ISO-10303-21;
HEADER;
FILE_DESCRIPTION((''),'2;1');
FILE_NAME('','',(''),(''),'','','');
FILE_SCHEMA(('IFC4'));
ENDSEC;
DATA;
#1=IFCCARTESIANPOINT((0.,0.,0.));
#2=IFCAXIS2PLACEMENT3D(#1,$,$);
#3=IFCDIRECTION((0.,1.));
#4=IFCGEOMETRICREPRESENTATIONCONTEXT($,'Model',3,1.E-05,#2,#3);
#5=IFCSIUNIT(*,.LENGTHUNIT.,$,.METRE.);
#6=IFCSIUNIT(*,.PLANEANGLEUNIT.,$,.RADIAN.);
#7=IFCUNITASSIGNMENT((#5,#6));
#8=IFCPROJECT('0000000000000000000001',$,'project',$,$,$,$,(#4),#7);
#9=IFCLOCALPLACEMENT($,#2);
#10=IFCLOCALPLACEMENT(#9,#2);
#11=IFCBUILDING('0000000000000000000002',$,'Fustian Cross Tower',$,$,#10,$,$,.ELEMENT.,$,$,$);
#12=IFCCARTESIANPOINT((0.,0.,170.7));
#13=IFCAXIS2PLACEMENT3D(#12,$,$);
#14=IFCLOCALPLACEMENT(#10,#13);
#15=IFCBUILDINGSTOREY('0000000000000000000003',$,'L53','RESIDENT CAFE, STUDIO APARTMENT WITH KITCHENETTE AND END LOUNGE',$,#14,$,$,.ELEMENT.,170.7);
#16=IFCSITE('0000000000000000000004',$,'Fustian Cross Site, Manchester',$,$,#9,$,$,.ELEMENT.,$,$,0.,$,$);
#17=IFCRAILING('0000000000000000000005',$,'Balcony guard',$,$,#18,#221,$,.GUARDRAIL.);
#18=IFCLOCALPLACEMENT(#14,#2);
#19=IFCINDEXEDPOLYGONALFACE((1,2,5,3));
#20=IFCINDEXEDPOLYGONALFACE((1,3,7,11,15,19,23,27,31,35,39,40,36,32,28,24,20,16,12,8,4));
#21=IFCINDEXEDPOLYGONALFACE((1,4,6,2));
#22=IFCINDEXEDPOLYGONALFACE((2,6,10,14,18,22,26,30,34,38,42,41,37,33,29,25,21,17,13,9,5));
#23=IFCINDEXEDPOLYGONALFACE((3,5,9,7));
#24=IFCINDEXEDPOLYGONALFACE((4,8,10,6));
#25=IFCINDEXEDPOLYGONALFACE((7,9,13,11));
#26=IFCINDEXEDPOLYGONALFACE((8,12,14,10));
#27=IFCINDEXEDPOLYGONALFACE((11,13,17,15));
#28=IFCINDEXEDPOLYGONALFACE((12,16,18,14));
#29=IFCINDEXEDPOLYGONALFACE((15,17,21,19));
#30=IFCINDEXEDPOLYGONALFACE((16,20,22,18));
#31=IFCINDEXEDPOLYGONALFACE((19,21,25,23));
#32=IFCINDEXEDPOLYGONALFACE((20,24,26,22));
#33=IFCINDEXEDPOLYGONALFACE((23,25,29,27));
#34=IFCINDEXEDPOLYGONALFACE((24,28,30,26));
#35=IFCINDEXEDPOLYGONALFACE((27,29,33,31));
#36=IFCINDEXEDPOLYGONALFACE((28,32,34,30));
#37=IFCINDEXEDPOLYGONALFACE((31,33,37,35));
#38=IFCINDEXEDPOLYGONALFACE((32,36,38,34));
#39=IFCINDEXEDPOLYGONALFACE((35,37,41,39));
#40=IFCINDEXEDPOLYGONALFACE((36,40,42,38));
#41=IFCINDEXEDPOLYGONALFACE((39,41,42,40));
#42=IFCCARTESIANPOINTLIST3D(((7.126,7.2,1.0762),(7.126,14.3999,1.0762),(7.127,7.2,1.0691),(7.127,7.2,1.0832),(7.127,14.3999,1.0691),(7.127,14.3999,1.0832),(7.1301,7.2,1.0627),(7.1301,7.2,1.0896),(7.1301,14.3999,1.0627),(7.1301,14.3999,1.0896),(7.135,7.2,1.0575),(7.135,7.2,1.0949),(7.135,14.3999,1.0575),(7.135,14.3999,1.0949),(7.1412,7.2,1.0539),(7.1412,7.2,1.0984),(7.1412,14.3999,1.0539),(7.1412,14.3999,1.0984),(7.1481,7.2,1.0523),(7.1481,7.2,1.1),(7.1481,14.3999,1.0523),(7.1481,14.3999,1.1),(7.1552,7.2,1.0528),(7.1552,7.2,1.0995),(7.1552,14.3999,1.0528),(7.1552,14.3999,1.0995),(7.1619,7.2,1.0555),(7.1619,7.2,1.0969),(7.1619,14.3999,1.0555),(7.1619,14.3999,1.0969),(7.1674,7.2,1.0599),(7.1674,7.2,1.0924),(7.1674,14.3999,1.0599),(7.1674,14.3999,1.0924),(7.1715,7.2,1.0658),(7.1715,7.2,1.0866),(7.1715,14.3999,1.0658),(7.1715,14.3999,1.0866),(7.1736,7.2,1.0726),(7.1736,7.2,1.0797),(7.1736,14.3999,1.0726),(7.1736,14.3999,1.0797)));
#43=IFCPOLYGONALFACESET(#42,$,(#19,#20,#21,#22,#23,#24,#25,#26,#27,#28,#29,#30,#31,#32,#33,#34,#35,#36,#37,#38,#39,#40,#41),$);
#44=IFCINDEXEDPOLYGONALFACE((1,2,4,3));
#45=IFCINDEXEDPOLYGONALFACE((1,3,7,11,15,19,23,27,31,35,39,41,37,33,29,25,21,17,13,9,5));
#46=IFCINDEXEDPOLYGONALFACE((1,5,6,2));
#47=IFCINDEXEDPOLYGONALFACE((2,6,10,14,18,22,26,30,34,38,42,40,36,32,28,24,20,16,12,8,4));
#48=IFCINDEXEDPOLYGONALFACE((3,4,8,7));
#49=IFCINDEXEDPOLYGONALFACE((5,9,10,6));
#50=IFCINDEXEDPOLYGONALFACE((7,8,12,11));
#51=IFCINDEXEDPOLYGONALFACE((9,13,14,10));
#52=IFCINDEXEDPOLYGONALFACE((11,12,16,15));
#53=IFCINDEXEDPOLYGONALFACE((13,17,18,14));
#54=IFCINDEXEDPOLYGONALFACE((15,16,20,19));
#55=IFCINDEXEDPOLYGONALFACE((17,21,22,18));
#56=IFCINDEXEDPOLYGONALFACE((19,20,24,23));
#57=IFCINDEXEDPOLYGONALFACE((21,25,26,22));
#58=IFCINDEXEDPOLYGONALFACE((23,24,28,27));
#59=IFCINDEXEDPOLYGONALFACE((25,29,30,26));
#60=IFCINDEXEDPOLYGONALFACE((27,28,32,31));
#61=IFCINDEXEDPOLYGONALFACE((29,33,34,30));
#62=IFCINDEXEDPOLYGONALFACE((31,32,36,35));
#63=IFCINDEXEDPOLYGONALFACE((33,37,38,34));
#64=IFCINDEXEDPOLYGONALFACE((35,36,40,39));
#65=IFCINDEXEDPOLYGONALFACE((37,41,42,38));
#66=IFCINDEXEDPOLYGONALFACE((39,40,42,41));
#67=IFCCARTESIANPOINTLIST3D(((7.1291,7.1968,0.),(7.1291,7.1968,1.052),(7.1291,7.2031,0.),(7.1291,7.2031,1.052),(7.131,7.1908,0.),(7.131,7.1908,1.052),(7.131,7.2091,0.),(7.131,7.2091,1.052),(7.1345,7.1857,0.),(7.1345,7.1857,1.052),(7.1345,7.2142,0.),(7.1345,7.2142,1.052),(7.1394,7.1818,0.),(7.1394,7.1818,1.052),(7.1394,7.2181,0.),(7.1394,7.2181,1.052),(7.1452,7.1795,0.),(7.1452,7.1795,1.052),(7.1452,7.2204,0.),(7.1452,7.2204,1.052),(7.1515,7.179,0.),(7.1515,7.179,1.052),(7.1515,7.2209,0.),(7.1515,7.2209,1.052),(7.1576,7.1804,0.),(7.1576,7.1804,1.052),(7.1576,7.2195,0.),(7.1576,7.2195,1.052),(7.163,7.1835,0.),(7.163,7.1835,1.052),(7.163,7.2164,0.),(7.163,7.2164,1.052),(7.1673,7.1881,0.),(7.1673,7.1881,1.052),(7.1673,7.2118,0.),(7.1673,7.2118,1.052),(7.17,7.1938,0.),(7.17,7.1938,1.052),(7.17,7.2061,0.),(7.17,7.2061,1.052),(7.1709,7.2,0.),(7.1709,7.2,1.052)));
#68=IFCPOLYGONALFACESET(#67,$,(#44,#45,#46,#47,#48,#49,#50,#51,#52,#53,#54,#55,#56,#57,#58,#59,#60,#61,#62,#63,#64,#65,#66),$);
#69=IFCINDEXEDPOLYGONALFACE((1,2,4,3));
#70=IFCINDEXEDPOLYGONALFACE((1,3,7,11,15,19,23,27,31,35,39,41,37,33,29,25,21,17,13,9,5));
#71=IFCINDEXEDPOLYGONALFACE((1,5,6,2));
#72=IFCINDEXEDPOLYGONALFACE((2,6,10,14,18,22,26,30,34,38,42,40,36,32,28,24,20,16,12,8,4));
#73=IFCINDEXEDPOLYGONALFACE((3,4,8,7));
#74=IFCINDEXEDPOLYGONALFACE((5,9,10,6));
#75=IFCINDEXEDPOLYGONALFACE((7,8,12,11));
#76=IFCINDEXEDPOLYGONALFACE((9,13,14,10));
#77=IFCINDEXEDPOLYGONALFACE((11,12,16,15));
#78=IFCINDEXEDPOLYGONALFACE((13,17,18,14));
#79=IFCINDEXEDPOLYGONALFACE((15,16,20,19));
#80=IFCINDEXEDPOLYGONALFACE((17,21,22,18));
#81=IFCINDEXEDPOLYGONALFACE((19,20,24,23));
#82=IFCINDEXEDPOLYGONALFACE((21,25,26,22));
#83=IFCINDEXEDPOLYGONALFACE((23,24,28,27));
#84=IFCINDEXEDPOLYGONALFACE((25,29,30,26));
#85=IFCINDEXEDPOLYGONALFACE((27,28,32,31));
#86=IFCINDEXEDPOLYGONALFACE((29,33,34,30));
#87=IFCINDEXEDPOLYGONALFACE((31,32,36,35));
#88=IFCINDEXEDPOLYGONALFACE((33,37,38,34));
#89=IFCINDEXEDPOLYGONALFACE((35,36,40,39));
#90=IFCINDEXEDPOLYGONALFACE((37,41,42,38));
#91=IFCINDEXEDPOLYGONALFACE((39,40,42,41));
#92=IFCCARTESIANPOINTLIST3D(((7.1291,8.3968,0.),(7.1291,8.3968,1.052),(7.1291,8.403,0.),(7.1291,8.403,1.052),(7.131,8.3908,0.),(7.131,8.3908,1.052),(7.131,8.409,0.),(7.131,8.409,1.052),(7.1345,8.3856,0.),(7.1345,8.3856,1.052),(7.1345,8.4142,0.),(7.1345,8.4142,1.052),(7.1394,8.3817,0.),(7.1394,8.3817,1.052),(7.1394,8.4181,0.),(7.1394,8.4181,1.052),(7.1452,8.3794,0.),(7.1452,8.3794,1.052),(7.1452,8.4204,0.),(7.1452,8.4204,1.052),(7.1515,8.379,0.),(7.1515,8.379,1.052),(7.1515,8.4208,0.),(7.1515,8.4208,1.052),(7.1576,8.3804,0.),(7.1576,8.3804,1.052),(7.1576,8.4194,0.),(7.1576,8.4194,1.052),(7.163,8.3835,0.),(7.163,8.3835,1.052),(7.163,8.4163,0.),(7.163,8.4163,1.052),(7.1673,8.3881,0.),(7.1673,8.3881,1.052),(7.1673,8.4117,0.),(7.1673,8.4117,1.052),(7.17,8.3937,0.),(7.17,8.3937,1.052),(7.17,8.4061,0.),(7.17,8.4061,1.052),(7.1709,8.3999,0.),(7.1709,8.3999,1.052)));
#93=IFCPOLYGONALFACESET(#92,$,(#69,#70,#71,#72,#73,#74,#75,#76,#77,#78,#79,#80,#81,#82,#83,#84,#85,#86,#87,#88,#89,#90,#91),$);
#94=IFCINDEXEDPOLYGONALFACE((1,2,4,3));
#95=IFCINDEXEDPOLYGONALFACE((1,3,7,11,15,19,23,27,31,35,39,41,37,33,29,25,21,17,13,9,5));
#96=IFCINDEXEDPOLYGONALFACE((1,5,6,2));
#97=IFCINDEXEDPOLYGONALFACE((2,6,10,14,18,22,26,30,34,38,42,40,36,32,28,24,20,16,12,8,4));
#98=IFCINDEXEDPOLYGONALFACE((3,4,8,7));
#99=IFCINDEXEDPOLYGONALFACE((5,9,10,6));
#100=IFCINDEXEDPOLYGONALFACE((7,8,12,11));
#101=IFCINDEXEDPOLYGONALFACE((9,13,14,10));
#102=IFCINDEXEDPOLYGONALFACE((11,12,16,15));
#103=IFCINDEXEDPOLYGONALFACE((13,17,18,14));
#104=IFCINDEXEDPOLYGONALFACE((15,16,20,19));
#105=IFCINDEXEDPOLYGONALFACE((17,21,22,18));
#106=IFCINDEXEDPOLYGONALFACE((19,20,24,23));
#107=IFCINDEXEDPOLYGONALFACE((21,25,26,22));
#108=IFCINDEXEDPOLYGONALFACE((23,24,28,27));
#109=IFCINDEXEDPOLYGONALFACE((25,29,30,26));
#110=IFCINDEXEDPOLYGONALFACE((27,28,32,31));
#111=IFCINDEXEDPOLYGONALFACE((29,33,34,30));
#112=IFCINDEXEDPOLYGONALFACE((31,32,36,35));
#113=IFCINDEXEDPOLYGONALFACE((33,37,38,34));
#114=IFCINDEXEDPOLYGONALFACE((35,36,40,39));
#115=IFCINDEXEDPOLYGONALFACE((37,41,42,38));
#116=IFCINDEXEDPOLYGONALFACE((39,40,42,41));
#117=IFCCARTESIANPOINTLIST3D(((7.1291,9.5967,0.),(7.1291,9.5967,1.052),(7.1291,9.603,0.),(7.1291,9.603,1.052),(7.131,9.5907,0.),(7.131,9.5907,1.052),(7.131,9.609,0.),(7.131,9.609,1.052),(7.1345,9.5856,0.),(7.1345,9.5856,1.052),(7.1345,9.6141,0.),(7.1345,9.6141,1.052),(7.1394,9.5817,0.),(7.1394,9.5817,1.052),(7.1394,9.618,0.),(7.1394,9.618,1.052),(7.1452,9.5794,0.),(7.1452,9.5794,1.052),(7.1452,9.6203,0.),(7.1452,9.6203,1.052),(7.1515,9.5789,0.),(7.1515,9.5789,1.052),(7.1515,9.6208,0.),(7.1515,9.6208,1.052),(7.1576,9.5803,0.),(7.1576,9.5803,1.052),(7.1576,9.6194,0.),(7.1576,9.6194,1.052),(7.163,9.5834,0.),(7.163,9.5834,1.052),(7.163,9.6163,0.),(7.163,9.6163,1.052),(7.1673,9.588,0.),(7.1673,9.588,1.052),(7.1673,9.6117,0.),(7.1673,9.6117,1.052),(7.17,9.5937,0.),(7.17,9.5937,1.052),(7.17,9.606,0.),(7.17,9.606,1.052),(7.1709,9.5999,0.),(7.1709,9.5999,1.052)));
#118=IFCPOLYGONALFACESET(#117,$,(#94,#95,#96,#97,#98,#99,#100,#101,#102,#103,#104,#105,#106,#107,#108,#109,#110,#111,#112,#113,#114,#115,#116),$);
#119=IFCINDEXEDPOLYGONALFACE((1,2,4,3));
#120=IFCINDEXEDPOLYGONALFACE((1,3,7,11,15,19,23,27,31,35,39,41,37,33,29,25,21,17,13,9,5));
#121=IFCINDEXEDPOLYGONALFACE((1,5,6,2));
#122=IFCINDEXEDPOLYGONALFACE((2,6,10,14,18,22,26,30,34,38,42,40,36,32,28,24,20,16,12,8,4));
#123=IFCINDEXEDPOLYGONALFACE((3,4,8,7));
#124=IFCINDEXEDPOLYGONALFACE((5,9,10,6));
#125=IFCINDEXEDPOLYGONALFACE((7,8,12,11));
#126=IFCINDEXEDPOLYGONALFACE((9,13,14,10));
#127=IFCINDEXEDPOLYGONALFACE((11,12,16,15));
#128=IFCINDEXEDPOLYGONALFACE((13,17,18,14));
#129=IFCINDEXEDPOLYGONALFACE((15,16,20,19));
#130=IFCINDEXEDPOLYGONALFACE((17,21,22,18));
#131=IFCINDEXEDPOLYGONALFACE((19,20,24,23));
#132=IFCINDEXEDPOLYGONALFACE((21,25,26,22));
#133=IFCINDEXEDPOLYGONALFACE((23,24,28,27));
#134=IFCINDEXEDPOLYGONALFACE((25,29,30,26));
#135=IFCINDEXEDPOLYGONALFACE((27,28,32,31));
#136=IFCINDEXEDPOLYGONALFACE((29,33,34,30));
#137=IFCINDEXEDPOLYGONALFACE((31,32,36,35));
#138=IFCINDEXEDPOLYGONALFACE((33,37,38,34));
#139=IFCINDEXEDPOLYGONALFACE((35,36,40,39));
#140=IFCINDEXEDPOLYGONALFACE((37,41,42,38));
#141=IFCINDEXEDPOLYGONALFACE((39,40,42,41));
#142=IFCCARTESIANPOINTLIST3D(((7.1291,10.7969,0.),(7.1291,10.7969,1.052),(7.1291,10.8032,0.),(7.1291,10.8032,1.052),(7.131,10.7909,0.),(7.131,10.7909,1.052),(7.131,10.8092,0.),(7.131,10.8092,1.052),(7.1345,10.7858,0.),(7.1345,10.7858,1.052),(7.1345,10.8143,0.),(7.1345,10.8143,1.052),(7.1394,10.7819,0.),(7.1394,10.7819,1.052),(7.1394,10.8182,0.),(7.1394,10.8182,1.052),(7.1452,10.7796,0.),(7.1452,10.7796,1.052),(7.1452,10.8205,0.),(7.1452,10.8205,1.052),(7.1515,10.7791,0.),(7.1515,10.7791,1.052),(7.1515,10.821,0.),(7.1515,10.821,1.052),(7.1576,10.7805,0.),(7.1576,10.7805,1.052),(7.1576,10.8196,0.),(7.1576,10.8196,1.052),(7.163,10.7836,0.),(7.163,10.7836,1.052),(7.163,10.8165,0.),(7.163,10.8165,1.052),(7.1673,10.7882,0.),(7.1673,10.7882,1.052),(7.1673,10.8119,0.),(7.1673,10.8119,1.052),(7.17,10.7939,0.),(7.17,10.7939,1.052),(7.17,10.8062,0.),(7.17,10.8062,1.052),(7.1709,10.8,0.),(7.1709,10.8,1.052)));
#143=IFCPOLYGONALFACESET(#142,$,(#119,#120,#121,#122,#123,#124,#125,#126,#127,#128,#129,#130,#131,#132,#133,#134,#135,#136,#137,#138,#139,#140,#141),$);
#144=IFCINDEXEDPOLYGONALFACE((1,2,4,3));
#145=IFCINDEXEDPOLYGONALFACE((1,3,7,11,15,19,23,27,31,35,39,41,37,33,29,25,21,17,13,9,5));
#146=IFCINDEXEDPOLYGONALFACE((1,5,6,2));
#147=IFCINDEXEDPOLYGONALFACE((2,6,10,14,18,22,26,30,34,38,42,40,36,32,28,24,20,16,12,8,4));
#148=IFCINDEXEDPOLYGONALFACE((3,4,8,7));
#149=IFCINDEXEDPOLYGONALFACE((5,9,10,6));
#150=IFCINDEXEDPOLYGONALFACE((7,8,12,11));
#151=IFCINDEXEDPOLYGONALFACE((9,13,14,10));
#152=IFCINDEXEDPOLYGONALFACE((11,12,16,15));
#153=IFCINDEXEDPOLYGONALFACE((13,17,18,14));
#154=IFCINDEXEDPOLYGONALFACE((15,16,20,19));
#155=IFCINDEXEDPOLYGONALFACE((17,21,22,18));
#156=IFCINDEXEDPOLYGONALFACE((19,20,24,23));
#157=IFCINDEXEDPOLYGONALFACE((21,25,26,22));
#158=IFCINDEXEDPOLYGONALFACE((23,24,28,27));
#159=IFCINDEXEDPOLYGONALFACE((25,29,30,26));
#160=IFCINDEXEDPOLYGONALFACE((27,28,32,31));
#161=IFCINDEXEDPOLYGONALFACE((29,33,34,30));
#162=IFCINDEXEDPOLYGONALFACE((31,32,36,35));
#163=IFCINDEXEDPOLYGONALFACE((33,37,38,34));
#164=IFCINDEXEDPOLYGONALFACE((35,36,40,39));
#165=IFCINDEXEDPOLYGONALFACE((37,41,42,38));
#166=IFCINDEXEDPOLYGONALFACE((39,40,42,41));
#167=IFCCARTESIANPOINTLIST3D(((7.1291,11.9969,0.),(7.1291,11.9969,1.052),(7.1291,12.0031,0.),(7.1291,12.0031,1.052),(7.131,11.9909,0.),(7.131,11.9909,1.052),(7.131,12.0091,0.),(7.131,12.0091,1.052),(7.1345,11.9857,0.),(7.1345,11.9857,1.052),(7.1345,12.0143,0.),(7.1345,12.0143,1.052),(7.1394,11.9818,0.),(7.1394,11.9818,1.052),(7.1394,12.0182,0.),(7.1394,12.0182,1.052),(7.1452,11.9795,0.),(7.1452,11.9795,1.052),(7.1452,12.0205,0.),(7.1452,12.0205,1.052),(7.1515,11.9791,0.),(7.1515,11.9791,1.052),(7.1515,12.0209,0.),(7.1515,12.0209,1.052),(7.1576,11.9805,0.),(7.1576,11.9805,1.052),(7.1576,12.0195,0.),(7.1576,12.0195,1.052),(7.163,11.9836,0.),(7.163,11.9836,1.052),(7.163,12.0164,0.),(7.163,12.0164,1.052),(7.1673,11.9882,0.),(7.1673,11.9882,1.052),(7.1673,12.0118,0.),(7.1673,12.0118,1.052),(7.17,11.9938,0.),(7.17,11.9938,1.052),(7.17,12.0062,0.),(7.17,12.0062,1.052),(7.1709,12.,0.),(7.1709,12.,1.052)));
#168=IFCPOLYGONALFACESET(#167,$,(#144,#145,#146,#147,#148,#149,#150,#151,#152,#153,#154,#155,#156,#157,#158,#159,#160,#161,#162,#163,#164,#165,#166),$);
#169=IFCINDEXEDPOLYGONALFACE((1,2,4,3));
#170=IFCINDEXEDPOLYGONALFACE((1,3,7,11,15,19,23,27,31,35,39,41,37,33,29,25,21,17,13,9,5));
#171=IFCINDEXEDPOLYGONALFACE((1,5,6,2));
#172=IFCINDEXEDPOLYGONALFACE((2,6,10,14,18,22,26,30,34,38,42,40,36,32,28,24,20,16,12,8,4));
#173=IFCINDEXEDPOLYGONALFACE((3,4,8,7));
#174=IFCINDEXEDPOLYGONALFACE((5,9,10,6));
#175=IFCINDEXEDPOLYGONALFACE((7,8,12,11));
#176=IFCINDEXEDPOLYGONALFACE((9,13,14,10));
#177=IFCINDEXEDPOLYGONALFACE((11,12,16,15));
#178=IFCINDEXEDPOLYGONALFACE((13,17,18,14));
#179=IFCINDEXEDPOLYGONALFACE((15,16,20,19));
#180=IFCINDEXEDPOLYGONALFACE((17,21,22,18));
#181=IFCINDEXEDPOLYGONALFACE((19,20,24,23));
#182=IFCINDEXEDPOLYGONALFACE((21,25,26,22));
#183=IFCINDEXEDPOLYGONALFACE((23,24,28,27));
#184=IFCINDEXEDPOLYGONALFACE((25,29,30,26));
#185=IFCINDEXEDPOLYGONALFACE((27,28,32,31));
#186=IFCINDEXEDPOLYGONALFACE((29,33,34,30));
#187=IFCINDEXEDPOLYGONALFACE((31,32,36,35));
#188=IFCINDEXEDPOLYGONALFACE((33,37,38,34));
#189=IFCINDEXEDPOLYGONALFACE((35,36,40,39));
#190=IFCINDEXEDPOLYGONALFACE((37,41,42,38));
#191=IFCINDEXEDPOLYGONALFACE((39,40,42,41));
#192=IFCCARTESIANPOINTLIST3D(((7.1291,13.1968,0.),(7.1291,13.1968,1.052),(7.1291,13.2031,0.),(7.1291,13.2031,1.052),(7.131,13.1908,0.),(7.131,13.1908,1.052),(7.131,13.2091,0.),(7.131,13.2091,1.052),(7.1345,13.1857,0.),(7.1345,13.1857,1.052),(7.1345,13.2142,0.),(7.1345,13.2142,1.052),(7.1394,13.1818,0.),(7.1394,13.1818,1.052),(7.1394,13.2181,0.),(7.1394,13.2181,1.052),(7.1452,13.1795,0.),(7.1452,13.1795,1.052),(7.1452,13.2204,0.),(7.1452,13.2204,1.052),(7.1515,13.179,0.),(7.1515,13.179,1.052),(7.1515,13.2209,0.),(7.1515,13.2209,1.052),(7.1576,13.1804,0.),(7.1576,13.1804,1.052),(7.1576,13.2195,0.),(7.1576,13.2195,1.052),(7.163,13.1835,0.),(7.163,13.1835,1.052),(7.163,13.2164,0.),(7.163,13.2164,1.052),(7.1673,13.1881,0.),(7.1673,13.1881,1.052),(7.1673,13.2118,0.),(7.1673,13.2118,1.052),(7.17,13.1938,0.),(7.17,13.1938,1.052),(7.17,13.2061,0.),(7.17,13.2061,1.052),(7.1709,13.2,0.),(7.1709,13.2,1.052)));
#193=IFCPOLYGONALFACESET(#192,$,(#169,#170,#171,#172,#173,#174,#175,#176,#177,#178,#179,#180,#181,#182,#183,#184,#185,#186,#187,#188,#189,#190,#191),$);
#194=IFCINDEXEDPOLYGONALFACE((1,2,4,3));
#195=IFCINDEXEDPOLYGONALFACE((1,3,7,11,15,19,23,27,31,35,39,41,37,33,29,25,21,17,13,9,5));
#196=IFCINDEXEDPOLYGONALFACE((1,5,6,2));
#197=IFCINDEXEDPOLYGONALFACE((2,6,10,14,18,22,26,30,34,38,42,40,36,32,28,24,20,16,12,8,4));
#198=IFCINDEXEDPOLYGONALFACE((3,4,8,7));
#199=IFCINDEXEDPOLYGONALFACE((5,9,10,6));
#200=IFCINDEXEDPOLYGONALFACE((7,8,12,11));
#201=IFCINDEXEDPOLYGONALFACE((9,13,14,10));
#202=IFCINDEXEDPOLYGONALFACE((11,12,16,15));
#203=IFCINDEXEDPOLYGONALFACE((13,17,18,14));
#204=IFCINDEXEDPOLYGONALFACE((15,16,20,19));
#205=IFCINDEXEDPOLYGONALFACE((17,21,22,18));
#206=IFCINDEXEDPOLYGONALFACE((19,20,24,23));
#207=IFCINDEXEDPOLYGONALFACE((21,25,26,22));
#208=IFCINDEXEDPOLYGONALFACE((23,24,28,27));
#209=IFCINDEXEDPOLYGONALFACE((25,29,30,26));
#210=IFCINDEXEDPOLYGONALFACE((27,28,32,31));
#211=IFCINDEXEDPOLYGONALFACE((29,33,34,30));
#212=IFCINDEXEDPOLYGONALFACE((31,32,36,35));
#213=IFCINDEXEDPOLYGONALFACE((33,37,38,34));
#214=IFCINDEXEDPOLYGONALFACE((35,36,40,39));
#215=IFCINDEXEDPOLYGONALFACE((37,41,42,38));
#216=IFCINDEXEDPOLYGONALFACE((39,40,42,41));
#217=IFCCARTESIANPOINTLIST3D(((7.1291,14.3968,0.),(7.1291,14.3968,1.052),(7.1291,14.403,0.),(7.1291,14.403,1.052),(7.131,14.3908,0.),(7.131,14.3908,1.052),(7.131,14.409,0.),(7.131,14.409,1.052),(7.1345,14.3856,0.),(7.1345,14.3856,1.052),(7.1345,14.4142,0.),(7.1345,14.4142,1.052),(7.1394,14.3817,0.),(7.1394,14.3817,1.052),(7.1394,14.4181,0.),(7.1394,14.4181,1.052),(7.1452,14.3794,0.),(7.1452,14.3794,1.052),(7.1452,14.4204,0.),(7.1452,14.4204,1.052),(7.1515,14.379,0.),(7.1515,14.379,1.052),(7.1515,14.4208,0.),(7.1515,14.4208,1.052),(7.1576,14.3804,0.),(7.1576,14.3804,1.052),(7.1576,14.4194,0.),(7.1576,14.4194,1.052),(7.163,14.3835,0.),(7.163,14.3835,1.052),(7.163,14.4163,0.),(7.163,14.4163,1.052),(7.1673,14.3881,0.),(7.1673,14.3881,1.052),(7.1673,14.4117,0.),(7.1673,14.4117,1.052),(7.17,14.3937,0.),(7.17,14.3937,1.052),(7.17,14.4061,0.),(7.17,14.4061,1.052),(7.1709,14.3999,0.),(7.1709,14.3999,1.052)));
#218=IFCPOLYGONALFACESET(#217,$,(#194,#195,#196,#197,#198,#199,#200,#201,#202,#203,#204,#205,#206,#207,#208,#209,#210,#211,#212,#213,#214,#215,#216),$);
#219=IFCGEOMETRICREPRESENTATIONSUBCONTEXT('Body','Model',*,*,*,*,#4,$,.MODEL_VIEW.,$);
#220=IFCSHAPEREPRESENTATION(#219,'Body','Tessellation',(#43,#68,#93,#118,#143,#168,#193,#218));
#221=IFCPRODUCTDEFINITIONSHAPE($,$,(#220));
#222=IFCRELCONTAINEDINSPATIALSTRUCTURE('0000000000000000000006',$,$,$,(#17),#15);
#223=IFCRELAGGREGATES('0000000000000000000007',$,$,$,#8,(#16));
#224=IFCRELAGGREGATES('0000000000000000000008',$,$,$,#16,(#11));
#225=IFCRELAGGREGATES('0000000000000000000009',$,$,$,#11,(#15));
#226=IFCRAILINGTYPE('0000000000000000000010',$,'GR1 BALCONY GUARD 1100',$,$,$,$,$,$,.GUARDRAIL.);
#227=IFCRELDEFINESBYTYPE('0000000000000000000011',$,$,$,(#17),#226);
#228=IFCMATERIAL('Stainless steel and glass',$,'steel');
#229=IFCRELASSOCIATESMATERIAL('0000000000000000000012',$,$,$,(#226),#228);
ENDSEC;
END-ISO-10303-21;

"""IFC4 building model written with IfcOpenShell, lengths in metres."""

from ifc_helpers import new_model, si_unit, direction, frame, origin, origin_2d, place, context, subcontext, project, spatial, circle, extrude, material, type_object, element, save


model = new_model("IFC4")

# Units and contexts
model_context = context("Model", 3, precision=1e-05, world=origin(), true_north=direction((0.0, 1.0)))
body_context = subcontext(model_context, "Body", "Model", "MODEL_VIEW")
ifc_project = project(units=[si_unit("LENGTHUNIT", "METRE"), si_unit("PLANEANGLEUNIT", "RADIAN")], contexts=[model_context])

# Site, building, storey
site_placement = place(None, origin())
site = spatial("IfcSite", under=ifc_project, at=site_placement, Name="Fustian Cross Site, Manchester", CompositionType="ELEMENT", RefElevation=0.0)
building_placement = place(site_placement, origin())
building = spatial("IfcBuilding", under=site, at=building_placement, Name="Fustian Cross Tower", CompositionType="ELEMENT")
storey_placement = place(building_placement, frame((0.0, 0.0, 170.7)))
storey = spatial("IfcBuildingStorey", under=building, at=storey_placement, Name="L53", Description="RESIDENT CAFE, STUDIO APARTMENT WITH KITCHENETTE AND END LOUNGE", CompositionType="ELEMENT", Elevation=170.7)

# Railing
ifc_material_1 = material(Name="Stainless steel and glass", Category="steel")
railing_type = type_object("IfcRailingType", Name="GR1 BALCONY GUARD 1100", PredefinedType="GUARDRAIL", material=ifc_material_1)
railing_placement = place(storey_placement, frame((7.1499, 7.2, 0.0)))
element("IfcRailing", 1, at=railing_placement, inside=storey, type_object=railing_type, Name="Balcony guard", PredefinedType="GUARDRAIL", context=body_context, shape_type="SweptSolid", body=[
    extrude(circle(Radius=0.0239, at=origin_2d()), frame((0.0, 0.0, 1.0762), z_axis=(0.0, 1.0, 0.0), x_axis=(-1.0, 0.0, 0.0)), (0.0, 0.0, 1.0), 7.2),
    extrude(circle(Radius=0.021, at=origin_2d()), origin(), (0.0, 0.0, 1.0), 1.052),
    extrude(circle(Radius=0.021, at=origin_2d()), frame((0.0, 1.2, 0.0)), (0.0, 0.0, 1.0), 1.052),
    extrude(circle(Radius=0.021, at=origin_2d()), frame((0.0, 2.3999, 0.0)), (0.0, 0.0, 1.0), 1.052),
    extrude(circle(Radius=0.021, at=origin_2d()), frame((0.0, 3.6001, 0.0)), (0.0, 0.0, 1.0), 1.052),
    extrude(circle(Radius=0.021, at=origin_2d()), frame((0.0, 4.8, 0.0)), (0.0, 0.0, 1.0), 1.052),
    extrude(circle(Radius=0.021, at=origin_2d()), frame((0.0, 6.0, 0.0)), (0.0, 0.0, 1.0), 1.052),
    extrude(circle(Radius=0.021, at=origin_2d()), frame((0.0, 7.2, 0.0)), (0.0, 0.0, 1.0), 1.052),
])

save(model, "model.ifc")
